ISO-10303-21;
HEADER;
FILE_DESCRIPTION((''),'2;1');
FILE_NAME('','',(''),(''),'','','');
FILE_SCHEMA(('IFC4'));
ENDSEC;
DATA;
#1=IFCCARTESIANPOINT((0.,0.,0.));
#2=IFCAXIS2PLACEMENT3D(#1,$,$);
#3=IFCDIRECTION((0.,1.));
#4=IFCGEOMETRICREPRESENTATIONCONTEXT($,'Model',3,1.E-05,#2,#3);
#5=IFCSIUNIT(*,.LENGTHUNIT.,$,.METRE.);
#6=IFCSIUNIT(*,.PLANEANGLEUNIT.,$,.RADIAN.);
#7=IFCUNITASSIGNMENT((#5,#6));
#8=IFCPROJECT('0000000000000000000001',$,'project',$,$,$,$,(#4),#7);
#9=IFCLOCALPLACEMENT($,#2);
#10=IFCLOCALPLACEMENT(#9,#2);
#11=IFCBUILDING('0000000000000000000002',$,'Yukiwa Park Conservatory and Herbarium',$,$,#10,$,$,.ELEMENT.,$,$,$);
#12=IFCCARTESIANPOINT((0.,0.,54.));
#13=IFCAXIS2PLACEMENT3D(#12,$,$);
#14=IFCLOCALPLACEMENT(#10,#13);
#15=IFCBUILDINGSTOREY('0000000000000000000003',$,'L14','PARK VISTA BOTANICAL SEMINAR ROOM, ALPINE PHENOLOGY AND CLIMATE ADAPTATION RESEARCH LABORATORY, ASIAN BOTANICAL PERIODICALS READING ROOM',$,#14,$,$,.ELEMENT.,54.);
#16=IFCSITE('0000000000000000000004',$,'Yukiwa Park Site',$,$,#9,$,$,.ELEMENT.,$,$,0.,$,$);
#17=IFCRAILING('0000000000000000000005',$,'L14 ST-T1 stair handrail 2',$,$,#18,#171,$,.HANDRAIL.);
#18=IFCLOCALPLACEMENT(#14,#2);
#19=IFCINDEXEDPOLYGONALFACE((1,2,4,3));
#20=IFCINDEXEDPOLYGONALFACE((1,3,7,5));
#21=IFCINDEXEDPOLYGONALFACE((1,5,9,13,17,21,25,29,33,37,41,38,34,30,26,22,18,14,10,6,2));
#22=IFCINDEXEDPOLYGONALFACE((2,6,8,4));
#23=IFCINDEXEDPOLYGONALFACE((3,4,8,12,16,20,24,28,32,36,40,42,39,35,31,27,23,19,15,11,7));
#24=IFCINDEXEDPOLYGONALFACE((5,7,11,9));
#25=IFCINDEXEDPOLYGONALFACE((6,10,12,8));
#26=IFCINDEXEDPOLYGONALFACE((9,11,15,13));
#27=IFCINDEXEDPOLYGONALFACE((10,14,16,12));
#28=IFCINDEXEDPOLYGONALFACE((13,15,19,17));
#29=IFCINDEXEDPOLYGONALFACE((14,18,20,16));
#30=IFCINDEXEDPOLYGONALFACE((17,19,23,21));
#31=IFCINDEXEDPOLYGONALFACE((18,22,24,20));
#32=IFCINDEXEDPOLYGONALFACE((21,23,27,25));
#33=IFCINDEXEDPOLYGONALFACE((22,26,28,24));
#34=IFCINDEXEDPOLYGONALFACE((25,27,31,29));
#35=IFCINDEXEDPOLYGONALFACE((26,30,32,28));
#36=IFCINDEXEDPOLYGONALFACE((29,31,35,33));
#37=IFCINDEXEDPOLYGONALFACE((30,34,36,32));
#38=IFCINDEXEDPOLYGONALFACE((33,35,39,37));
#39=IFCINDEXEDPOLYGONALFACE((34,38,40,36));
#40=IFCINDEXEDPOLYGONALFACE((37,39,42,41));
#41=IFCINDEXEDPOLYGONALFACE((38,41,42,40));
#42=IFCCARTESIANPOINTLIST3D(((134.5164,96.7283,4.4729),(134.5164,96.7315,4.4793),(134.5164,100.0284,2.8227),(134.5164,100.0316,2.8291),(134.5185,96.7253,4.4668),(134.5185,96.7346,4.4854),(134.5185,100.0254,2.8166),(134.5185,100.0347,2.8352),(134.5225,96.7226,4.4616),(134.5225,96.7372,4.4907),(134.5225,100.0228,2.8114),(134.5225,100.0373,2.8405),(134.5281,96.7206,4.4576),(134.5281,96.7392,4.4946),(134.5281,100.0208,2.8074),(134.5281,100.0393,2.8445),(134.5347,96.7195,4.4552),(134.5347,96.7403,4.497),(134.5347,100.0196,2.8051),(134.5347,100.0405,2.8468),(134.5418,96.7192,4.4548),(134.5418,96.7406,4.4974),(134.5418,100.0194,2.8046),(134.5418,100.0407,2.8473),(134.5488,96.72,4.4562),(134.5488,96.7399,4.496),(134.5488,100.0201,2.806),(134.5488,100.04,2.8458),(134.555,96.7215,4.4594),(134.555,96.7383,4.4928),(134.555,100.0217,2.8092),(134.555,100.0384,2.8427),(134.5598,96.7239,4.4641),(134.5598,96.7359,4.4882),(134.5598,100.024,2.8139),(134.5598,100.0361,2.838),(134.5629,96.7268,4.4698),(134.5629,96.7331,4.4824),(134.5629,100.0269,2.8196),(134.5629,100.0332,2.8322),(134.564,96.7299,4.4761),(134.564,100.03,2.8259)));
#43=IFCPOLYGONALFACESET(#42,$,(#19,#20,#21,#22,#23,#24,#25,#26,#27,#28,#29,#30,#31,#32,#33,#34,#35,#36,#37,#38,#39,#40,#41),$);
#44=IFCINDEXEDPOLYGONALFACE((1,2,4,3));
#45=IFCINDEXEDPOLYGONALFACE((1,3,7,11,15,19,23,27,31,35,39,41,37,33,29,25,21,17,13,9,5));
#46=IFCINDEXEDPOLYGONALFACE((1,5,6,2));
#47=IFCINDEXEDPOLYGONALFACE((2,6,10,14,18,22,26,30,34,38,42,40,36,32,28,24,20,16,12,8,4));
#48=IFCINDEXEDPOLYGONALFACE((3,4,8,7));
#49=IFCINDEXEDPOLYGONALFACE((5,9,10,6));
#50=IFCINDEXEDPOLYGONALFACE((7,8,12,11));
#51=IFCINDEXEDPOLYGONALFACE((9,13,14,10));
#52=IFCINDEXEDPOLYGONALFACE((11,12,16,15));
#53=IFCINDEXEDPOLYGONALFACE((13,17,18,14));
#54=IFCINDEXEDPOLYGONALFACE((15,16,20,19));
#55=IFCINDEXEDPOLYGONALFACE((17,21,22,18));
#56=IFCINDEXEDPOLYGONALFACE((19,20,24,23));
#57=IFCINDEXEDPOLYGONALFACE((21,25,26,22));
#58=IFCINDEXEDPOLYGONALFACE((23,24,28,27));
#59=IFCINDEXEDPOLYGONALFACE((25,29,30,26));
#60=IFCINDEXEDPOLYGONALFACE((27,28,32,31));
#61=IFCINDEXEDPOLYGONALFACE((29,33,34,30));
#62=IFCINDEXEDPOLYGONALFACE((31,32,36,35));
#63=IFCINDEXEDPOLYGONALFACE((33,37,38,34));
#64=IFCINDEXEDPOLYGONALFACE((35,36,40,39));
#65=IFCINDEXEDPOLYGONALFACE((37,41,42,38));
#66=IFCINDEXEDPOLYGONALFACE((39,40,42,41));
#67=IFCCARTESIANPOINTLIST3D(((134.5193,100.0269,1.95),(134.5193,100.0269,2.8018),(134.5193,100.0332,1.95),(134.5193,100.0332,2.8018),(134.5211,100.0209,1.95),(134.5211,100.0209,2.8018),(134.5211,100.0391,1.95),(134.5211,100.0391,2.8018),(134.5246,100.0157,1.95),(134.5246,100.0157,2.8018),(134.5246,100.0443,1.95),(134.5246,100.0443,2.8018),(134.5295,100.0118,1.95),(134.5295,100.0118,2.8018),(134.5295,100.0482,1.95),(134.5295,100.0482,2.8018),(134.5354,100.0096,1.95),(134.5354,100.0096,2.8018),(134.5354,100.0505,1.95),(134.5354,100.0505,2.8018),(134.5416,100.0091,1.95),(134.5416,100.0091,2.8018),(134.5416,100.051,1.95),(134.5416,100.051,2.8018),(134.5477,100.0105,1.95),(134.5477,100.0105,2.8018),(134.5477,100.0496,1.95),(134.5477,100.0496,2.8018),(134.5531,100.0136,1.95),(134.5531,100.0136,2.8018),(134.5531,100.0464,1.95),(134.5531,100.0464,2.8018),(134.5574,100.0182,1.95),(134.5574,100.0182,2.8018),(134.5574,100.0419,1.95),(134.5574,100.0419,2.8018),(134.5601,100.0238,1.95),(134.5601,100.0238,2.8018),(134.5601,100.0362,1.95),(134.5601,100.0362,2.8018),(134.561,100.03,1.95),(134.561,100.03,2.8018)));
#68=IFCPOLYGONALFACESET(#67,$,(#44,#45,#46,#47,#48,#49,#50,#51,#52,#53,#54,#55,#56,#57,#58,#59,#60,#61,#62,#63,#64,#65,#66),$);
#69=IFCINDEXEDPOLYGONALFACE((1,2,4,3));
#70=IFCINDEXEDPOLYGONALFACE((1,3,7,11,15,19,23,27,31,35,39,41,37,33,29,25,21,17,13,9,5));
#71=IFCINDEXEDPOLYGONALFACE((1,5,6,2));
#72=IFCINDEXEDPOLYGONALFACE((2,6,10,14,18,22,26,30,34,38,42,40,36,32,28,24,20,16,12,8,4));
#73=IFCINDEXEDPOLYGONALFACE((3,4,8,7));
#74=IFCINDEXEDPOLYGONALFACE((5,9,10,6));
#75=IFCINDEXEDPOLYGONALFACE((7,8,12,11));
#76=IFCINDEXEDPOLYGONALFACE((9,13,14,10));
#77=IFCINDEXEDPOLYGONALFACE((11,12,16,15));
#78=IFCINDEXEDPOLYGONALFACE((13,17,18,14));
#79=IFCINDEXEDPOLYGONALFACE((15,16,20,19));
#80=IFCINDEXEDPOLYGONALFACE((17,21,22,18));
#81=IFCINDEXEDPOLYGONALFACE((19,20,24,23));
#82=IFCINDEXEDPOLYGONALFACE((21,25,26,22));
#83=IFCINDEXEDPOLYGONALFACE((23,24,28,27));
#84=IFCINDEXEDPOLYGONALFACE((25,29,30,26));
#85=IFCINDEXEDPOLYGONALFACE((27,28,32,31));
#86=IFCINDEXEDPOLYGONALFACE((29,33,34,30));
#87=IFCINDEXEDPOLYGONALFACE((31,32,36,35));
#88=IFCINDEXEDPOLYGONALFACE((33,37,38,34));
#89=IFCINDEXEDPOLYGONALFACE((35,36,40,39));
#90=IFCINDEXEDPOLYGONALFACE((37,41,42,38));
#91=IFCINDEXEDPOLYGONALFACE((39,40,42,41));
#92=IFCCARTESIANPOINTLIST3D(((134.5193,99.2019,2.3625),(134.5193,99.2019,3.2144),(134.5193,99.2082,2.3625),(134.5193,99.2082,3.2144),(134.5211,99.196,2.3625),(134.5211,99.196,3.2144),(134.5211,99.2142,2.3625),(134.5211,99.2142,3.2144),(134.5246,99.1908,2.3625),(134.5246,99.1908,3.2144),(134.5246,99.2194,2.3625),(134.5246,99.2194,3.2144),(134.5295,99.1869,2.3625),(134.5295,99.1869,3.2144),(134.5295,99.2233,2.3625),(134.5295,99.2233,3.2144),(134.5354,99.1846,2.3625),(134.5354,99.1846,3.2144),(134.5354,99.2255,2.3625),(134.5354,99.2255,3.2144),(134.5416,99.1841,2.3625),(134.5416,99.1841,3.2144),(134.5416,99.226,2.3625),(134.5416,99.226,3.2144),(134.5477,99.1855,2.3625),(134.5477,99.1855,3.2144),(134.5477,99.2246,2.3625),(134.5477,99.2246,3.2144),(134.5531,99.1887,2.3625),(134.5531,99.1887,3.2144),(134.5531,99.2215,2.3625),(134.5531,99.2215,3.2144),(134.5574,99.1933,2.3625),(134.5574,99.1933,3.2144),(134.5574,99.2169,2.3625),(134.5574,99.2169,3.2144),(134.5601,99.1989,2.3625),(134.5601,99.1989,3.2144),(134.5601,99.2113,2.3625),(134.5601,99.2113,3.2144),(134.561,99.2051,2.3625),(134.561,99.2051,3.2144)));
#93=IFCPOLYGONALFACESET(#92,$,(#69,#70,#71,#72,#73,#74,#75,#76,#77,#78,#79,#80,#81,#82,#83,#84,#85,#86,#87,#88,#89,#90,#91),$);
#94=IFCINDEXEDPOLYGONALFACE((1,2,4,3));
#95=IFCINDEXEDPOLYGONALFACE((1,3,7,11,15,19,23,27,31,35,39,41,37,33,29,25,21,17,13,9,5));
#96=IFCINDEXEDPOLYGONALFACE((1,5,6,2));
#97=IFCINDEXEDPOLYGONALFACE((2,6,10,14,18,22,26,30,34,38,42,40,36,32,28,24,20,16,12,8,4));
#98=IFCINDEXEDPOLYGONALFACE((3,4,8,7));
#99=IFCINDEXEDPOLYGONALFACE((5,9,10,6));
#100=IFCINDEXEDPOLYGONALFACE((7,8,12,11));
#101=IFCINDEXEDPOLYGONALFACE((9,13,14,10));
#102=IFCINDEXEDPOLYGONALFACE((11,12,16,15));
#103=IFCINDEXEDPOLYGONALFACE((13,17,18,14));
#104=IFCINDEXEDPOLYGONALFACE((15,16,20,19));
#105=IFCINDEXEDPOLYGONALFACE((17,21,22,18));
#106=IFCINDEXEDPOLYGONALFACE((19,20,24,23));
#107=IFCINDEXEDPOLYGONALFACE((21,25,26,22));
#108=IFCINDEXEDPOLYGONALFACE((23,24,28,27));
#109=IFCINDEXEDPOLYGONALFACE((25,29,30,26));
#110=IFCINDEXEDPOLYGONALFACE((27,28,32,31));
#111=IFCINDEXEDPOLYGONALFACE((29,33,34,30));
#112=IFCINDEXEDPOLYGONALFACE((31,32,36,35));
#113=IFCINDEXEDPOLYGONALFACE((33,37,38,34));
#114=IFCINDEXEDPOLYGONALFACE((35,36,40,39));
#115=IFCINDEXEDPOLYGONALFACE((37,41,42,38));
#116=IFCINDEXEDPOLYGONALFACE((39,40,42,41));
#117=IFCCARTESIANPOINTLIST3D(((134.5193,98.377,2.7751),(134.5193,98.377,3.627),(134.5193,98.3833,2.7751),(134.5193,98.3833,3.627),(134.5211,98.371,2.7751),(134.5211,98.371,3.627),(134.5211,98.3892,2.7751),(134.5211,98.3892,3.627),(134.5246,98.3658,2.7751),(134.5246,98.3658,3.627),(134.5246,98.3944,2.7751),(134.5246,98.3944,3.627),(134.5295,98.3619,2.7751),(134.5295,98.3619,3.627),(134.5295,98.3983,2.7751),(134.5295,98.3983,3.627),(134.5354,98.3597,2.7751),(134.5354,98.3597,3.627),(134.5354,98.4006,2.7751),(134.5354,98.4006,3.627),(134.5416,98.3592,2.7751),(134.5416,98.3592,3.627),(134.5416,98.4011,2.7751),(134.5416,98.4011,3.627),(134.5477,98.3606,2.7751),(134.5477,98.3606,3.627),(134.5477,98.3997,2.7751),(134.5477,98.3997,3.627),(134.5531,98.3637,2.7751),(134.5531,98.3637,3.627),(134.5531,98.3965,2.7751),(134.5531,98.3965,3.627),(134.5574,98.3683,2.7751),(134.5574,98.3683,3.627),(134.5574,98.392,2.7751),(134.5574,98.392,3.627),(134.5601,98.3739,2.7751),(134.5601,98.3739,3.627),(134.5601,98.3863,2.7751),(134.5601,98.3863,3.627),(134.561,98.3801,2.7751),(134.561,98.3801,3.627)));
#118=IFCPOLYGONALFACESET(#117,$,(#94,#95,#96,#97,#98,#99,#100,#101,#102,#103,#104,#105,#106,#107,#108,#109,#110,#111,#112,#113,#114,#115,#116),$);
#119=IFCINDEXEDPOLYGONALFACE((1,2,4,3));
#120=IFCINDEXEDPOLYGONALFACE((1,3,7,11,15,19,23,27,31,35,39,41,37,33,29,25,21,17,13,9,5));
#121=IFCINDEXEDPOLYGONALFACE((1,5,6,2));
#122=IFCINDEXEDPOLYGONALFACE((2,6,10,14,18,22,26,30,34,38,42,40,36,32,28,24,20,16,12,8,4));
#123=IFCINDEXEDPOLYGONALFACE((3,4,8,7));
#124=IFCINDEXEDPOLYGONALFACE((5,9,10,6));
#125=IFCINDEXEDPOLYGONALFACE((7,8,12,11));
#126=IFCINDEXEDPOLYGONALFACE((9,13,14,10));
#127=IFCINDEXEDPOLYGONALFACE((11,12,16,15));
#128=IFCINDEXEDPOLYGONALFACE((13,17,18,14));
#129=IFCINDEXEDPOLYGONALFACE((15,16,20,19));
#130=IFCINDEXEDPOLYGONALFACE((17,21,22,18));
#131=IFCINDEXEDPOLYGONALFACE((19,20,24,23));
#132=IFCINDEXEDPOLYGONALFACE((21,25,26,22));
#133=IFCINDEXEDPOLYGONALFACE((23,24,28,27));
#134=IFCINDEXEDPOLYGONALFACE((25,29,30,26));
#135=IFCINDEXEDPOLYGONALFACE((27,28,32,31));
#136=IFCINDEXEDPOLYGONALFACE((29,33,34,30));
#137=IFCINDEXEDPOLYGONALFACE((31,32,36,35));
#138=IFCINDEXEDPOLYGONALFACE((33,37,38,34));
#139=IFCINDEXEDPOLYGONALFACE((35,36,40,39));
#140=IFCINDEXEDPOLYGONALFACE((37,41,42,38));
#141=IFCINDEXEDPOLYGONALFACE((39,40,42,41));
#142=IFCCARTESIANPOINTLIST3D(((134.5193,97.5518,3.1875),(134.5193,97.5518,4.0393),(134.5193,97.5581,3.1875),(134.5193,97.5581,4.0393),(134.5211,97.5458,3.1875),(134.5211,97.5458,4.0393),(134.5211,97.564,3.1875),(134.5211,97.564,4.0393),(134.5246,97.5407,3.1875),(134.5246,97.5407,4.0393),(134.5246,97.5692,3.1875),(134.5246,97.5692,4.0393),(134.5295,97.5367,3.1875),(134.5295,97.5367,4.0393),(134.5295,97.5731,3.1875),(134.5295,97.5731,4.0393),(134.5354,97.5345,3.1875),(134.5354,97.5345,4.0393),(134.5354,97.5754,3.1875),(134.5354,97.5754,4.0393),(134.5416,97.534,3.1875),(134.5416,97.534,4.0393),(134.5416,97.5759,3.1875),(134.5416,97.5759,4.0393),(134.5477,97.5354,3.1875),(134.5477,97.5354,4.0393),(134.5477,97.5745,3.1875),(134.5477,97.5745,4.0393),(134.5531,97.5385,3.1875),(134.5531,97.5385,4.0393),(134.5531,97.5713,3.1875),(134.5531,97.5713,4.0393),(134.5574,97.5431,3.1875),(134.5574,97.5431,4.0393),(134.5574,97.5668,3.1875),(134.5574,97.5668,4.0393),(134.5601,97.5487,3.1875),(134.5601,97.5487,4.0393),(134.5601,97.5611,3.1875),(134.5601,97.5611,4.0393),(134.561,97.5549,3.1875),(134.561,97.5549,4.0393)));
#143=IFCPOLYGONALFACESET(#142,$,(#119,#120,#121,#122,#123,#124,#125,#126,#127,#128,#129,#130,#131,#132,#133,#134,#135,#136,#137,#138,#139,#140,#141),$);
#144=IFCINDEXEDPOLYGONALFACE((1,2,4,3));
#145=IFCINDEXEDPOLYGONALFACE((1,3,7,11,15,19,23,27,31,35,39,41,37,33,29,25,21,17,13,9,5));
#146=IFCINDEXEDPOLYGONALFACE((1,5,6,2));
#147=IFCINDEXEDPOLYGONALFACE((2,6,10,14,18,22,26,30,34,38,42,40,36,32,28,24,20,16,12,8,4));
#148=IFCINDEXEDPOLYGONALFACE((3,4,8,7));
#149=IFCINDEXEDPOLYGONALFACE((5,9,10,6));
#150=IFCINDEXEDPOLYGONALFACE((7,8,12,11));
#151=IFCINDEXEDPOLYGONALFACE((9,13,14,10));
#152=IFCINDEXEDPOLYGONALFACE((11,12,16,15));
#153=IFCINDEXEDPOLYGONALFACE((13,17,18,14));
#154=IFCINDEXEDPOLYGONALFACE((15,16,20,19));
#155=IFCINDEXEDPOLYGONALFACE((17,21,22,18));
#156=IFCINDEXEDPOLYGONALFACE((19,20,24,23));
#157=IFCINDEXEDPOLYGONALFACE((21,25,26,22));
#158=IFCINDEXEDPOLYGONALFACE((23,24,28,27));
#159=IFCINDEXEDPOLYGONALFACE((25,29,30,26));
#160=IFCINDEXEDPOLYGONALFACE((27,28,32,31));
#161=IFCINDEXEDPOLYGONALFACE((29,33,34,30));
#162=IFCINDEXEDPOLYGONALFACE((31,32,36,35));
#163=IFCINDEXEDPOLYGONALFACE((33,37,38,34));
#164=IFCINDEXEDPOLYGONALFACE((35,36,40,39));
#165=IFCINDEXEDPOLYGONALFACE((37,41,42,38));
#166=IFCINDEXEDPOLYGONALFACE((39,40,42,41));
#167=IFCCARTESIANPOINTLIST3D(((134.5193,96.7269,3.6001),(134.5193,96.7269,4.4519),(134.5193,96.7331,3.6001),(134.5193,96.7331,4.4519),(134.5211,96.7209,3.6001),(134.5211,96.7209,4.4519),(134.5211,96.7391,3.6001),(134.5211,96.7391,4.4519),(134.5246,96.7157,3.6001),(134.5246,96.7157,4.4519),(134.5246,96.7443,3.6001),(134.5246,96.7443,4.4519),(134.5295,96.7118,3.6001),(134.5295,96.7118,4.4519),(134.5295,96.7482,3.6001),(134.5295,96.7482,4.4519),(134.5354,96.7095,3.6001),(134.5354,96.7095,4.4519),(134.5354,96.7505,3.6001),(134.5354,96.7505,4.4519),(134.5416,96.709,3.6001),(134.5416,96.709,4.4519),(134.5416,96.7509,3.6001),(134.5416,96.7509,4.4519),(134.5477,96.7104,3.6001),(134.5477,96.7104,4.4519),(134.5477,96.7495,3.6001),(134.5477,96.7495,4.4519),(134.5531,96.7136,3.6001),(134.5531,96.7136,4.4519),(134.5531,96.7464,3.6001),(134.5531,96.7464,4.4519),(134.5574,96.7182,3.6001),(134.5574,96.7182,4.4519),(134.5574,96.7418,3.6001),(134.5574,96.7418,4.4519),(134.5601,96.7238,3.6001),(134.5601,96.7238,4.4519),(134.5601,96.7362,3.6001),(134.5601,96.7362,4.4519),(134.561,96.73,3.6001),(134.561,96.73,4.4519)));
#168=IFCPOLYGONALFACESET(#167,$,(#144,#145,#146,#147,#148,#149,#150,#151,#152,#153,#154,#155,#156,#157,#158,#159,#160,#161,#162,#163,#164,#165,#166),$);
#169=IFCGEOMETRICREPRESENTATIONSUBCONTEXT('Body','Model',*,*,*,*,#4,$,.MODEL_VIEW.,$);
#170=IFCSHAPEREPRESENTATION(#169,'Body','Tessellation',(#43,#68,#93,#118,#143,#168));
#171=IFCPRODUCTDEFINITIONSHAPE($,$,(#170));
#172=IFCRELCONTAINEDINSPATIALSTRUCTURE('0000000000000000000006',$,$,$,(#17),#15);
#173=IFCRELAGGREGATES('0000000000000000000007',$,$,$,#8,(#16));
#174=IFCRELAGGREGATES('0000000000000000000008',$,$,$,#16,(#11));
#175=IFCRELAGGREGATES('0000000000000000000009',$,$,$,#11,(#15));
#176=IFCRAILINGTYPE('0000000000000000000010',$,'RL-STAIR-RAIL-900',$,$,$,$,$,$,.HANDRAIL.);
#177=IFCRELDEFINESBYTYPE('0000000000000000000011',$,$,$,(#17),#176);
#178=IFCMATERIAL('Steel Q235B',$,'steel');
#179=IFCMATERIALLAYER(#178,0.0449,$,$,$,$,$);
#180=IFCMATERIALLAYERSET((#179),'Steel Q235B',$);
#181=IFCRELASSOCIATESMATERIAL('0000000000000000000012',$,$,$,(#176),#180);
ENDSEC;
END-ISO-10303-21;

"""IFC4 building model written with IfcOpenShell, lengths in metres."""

from ifc_helpers import new_model, si_unit, direction, frame, origin, origin_2d, place, context, subcontext, project, spatial, circle, extrude, material, layer, layer_set, type_object, element, save


model = new_model("IFC4")

# Units and contexts
model_context = context("Model", 3, precision=1e-05, world=origin(), true_north=direction((0.0, 1.0)))
body_context = subcontext(model_context, "Body", "Model", "MODEL_VIEW")
ifc_project = project(units=[si_unit("LENGTHUNIT", "METRE"), si_unit("PLANEANGLEUNIT", "RADIAN")], contexts=[model_context])

# Site, building, storey
site_placement = place(None, origin())
site = spatial("IfcSite", under=ifc_project, at=site_placement, Name="Yukiwa Park Site", CompositionType="ELEMENT", RefElevation=0.0)
building_placement = place(site_placement, origin())
building = spatial("IfcBuilding", under=site, at=building_placement, Name="Yukiwa Park Conservatory and Herbarium", CompositionType="ELEMENT")
storey_placement = place(building_placement, frame((0.0, 0.0, 54.0)))
storey = spatial("IfcBuildingStorey", under=building, at=storey_placement, Name="L14", Description="PARK VISTA BOTANICAL SEMINAR ROOM, ALPINE PHENOLOGY AND CLIMATE ADAPTATION RESEARCH LABORATORY, ASIAN BOTANICAL PERIODICALS READING ROOM", CompositionType="ELEMENT", Elevation=54.0)

# Railing
ifc_material_1 = material(Name="Steel Q235B", Category="steel")
ifc_layer_1 = layer(ifc_material_1, 0.0449)
ifc_layer_set_1 = layer_set([ifc_layer_1], Name="Steel Q235B")
railing_type = type_object("IfcRailingType", Name="RL-STAIR-RAIL-900", PredefinedType="HANDRAIL", material=ifc_layer_set_1)
railing_placement = place(storey_placement, frame((134.54, 100.03, 1.95)))
element("IfcRailing", 1, at=railing_placement, inside=storey, type_object=railing_type, Name="L14 ST-T1 stair handrail 2", PredefinedType="HANDRAIL", context=body_context, shape_type="SweptSolid", body=[
    extrude(circle(Radius=0.0239, at=origin_2d()), frame((0.0, 0.0, 0.876), z_axis=(0.0, -0.894414, 0.44724), x_axis=(1.0, 0.0, 0.0)), (0.0, 0.0, 1.0), 3.6897),
    extrude(circle(Radius=0.021, at=origin_2d()), origin(), (0.0, 0.0, 1.0), 0.8518),
    extrude(circle(Radius=0.021, at=origin_2d()), frame((0.0, -0.825, 0.4126)), (0.0, 0.0, 1.0), 0.8518),
    extrude(circle(Radius=0.021, at=origin_2d()), frame((0.0, -1.6499, 0.8252)), (0.0, 0.0, 1.0), 0.8518),
    extrude(circle(Radius=0.021, at=origin_2d()), frame((0.0, -2.4751, 1.2375)), (0.0, 0.0, 1.0), 0.8518),
    extrude(circle(Radius=0.021, at=origin_2d()), frame((0.0, -3.3, 1.6501)), (0.0, 0.0, 1.0), 0.8518),
])

save(model, "model.ifc")
